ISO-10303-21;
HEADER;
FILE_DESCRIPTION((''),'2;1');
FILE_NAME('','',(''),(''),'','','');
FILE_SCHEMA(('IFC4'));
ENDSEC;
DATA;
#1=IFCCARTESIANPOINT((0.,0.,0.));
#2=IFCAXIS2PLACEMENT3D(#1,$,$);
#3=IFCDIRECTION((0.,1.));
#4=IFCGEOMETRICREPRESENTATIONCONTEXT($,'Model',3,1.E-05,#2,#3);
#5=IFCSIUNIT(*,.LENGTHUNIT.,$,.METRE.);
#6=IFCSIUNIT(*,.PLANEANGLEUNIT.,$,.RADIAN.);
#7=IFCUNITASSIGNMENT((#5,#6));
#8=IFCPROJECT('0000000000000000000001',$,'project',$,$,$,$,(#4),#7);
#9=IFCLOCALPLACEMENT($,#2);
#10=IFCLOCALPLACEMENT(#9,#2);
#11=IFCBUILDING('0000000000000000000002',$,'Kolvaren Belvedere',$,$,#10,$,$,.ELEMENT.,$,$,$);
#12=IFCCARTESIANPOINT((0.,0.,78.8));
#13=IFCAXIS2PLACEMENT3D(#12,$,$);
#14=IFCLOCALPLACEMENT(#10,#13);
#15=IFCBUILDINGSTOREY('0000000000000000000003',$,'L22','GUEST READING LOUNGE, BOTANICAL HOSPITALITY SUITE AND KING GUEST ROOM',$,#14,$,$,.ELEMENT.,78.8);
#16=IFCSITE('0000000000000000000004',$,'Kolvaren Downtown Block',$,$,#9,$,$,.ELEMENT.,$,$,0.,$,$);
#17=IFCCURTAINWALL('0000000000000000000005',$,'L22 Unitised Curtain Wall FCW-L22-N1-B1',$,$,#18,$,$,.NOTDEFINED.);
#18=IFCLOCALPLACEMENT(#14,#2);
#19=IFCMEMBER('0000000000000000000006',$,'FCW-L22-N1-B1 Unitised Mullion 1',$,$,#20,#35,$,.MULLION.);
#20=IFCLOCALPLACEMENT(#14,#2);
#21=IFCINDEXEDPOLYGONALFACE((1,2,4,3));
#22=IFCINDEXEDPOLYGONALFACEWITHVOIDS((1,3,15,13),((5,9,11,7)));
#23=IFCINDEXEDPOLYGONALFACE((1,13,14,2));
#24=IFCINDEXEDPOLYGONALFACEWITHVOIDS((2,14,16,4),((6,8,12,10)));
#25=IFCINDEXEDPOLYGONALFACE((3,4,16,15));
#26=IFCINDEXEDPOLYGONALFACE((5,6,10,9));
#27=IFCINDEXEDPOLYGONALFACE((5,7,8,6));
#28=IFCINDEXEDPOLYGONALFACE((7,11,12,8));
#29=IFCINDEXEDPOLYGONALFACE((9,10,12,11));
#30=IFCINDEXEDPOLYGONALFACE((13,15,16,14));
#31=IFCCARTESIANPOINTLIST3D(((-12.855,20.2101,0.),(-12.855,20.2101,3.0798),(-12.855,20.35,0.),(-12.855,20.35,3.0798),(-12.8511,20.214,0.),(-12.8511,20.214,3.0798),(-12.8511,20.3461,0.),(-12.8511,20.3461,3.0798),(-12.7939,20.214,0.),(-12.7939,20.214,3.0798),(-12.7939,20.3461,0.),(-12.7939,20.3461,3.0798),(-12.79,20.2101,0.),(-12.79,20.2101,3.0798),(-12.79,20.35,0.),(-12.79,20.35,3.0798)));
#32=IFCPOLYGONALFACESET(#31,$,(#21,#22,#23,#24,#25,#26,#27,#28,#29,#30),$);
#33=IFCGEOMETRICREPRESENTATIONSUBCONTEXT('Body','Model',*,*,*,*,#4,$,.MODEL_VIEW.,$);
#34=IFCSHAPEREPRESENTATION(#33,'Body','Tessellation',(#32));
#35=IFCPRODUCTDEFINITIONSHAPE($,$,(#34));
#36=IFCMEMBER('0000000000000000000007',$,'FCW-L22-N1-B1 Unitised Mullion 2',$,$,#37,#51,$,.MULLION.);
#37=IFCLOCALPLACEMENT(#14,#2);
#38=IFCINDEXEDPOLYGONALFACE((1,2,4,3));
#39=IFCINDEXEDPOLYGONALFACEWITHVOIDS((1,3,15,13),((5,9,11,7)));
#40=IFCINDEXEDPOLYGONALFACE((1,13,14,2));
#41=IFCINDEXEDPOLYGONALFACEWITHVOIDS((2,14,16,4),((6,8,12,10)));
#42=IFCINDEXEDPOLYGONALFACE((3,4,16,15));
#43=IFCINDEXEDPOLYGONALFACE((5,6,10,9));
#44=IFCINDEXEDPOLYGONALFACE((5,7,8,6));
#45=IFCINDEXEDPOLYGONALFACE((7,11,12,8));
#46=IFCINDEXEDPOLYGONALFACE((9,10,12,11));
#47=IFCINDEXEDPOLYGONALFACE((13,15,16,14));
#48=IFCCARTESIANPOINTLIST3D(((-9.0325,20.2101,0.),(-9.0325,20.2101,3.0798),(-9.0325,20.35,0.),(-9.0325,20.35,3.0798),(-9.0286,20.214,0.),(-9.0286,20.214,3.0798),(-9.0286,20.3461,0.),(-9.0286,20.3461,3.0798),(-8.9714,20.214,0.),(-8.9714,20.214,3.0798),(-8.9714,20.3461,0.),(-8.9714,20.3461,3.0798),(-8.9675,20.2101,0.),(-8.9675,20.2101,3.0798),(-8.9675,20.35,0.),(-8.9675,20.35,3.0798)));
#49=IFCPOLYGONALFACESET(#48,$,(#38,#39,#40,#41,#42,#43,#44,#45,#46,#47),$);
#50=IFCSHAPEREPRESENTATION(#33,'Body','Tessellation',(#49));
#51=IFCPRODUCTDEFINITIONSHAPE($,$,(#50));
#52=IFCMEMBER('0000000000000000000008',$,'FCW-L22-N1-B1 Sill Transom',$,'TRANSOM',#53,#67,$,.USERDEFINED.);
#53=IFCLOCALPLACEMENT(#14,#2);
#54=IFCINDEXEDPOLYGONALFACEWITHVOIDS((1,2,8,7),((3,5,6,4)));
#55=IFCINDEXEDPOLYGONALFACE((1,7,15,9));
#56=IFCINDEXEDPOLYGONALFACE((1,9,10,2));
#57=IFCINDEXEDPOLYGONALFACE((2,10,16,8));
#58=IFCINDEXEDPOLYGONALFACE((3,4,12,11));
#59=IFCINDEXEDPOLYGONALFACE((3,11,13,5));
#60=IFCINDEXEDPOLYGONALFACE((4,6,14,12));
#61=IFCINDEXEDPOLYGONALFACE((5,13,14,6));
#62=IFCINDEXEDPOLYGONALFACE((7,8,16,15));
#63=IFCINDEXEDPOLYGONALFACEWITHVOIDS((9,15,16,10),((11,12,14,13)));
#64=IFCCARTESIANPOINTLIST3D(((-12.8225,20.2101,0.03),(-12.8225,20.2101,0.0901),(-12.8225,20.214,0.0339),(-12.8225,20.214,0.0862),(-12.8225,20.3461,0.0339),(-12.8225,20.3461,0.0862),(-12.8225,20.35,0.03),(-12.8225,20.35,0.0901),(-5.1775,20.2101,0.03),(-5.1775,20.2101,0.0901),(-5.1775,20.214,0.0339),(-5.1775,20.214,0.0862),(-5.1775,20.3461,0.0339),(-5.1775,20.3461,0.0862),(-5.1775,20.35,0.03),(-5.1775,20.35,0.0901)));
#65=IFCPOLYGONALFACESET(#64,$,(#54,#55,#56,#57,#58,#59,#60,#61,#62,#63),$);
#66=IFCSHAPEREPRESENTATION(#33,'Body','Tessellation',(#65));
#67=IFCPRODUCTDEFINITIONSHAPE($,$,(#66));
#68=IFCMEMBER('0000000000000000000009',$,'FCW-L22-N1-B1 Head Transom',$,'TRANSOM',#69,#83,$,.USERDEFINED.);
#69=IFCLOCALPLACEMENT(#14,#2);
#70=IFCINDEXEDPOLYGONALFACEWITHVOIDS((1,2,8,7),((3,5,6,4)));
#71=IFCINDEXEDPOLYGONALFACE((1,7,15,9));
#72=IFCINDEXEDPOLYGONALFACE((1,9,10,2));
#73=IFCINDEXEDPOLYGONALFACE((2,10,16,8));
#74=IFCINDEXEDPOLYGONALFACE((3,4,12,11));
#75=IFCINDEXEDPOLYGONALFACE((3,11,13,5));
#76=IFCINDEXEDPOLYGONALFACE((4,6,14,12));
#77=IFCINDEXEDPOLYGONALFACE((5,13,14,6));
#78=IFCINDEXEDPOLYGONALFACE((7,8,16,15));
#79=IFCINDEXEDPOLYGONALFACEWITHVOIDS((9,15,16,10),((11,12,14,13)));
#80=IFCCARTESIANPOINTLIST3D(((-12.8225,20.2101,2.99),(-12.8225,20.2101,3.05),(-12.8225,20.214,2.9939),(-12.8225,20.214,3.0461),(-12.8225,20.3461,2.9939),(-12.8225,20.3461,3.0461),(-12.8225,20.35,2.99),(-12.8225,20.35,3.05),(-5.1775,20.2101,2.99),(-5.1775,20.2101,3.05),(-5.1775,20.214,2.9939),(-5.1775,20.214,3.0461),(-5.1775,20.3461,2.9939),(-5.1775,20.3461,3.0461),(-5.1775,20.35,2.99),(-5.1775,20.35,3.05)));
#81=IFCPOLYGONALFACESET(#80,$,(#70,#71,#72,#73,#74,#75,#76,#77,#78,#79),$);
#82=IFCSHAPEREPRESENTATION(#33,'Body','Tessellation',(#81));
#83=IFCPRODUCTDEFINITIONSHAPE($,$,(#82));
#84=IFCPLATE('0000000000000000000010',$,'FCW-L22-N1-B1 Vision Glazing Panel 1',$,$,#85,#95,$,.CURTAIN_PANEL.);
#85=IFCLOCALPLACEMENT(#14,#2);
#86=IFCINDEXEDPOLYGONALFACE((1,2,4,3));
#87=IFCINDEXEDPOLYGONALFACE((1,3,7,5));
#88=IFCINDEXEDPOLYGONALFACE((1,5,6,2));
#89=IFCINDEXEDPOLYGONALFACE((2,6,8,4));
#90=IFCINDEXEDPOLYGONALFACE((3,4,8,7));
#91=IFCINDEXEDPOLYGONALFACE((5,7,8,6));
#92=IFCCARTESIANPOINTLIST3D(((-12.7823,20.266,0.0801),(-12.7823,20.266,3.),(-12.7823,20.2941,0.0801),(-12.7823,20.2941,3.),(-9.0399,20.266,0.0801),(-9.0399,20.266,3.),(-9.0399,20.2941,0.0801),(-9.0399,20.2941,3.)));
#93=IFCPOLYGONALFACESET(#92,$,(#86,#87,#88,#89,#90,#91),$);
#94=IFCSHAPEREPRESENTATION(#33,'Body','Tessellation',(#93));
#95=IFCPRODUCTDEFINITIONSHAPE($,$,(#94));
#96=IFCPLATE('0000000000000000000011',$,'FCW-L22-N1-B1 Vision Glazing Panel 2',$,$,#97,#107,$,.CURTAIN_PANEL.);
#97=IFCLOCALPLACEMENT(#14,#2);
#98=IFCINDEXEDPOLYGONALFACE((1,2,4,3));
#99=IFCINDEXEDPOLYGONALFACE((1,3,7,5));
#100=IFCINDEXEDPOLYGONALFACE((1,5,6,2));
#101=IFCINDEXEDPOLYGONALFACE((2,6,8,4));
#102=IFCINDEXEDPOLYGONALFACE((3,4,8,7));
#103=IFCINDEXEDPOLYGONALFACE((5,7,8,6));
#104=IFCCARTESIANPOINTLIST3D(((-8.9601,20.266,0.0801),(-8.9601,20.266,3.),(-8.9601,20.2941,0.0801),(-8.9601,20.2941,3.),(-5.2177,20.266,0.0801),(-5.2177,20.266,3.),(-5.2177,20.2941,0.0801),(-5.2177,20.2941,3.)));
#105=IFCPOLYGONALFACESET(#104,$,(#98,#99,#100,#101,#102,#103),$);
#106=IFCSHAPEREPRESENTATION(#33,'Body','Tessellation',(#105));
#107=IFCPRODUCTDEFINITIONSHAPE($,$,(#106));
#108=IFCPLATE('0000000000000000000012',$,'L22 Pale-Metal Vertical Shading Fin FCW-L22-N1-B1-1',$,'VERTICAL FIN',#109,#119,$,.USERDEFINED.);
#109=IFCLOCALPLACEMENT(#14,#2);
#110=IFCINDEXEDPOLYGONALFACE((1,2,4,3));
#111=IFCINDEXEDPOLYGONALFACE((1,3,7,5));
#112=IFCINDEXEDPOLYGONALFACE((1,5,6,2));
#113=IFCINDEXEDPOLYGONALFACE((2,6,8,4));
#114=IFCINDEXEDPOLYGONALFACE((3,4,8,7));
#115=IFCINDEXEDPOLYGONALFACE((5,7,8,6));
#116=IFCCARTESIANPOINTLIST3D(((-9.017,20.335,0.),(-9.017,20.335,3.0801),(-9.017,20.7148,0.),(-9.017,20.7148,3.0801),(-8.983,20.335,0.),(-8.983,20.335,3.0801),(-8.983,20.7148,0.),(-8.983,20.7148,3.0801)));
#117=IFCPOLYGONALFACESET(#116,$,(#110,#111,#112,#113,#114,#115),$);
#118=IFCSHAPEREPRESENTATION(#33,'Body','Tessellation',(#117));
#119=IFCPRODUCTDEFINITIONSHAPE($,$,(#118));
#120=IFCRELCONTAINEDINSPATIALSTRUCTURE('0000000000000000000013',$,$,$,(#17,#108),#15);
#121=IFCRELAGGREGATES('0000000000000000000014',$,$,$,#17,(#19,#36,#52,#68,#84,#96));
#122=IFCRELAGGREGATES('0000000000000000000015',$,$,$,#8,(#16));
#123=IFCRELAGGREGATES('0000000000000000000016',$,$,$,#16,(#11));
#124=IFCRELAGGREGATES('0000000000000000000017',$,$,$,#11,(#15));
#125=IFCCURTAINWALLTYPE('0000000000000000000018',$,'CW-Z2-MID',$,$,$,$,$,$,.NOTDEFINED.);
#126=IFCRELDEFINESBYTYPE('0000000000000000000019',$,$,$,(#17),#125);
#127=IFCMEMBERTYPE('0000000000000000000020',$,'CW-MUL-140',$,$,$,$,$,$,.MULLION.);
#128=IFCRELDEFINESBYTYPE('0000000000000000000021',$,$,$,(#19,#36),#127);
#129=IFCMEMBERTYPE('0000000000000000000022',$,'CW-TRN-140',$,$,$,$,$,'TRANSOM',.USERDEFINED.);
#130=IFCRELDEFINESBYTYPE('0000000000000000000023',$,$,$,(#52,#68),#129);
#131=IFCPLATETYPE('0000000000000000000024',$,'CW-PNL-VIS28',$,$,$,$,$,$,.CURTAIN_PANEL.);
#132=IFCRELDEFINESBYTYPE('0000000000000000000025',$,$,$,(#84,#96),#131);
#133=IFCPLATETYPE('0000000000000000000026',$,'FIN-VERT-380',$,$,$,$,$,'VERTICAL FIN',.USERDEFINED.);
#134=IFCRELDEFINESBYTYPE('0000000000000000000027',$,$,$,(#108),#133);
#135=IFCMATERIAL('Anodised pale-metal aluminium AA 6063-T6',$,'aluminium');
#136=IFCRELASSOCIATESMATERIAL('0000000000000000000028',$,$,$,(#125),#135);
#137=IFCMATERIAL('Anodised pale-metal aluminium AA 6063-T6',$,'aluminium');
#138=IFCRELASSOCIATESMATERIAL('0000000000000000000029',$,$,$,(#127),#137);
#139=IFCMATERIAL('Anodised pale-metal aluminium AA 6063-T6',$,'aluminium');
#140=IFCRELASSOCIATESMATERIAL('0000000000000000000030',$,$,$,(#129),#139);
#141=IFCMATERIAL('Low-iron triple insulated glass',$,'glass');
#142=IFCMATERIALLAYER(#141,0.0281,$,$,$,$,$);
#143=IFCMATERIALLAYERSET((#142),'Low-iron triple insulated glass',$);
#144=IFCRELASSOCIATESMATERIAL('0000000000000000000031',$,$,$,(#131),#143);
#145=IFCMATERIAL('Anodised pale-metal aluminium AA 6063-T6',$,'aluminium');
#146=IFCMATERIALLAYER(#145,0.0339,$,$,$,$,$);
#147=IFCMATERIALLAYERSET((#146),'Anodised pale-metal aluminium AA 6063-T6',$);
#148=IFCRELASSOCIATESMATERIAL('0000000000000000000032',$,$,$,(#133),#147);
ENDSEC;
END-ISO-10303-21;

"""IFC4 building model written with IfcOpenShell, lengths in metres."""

from ifc_helpers import new_model, si_unit, direction, frame, origin, origin_2d, place, context, subcontext, project, spatial, rectangle, hollow_rectangle, extrude, material, layer, layer_set, material_profile, profile_set, type_object, element, aggregate, save


model = new_model("IFC4")

# Units and contexts
model_context = context("Model", 3, precision=1e-05, world=origin(), true_north=direction((0.0, 1.0)))
body_context = subcontext(model_context, "Body", "Model", "MODEL_VIEW")
ifc_project = project(units=[si_unit("LENGTHUNIT", "METRE"), si_unit("PLANEANGLEUNIT", "RADIAN")], contexts=[model_context])

# Site, building, storey
site_placement = place(None, origin())
site = spatial("IfcSite", under=ifc_project, at=site_placement, Name="Kolvaren Downtown Block", CompositionType="ELEMENT", RefElevation=0.0)
building_placement = place(site_placement, origin())
building = spatial("IfcBuilding", under=site, at=building_placement, Name="Kolvaren Belvedere", CompositionType="ELEMENT")
storey_placement = place(building_placement, frame((0.0, 0.0, 78.8)))
storey = spatial("IfcBuildingStorey", under=building, at=storey_placement, Name="L22", Description="GUEST READING LOUNGE, BOTANICAL HOSPITALITY SUITE AND KING GUEST ROOM", CompositionType="ELEMENT", Elevation=78.8)

# Curtain wall, members, plates
ifc_material_1 = material(Name="Anodised pale-metal aluminium AA 6063-T6", Category="aluminium")
curtain_wall_type = type_object("IfcCurtainWallType", Name="CW-Z2-MID", PredefinedType="NOTDEFINED", material=ifc_material_1)
curtain_wall_placement = place(storey_placement, origin())
curtain_wall = element("IfcCurtainWall", 1, at=curtain_wall_placement, inside=storey, type_object=curtain_wall_type, Name="L22 Unitised Curtain Wall FCW-L22-N1-B1", PredefinedType="NOTDEFINED")
ifc_material_2 = material(Name="Anodised pale-metal aluminium AA 6063-T6", Category="aluminium")
ifc_material_profile_1 = material_profile(ifc_material_2, hollow_rectangle(XDim=0.0649, YDim=0.1399, WallThickness=0.0039, at=origin_2d()), Name="ALU-MUL-140X65")
ifc_profile_set_1 = profile_set([ifc_material_profile_1], Name="Anodised pale-metal aluminium AA 6063-T6")
member_type_1 = type_object("IfcMemberType", Name="CW-MUL-140", PredefinedType="MULLION", material=ifc_profile_set_1)
member_1_placement = place(storey_placement, frame((-12.8225, 20.28, 0.0), z_axis=(0.0, 0.0, 1.0), x_axis=(1.0, 0.0, 0.0)))
member_1 = element("IfcMember", 2, at=member_1_placement, type_object=member_type_1, Name="FCW-L22-N1-B1 Unitised Mullion 1", PredefinedType="MULLION", context=body_context, shape_type="SweptSolid", body=[
    extrude(hollow_rectangle(XDim=0.0649, YDim=0.1399, WallThickness=0.0039, at=origin_2d()), origin(), (0.0, 0.0, 1.0), 3.0798),
])
member_2_placement = place(storey_placement, frame((-9.0, 20.28, 0.0), z_axis=(0.0, 0.0, 1.0), x_axis=(1.0, 0.0, 0.0)))
member_2 = element("IfcMember", 3, at=member_2_placement, type_object=member_type_1, Name="FCW-L22-N1-B1 Unitised Mullion 2", PredefinedType="MULLION", context=body_context, shape_type="SweptSolid", body=[
    extrude(hollow_rectangle(XDim=0.0649, YDim=0.1399, WallThickness=0.0039, at=origin_2d()), origin(), (0.0, 0.0, 1.0), 3.0798),
])
ifc_material_3 = material(Name="Anodised pale-metal aluminium AA 6063-T6", Category="aluminium")
ifc_material_profile_2 = material_profile(ifc_material_3, hollow_rectangle(XDim=0.0601, YDim=0.1399, WallThickness=0.0039, at=origin_2d()), Name="ALU-TRN-140X60")
ifc_profile_set_2 = profile_set([ifc_material_profile_2], Name="Anodised pale-metal aluminium AA 6063-T6")
member_type_2 = type_object("IfcMemberType", Name="CW-TRN-140", ElementType="TRANSOM", PredefinedType="USERDEFINED", material=ifc_profile_set_2)
member_3_placement = place(storey_placement, frame((-12.8225, 20.28, 0.0601), z_axis=(1.0, 0.0, 0.0), x_axis=(0.0, 0.0, 1.0)))
member_3 = element("IfcMember", 4, at=member_3_placement, type_object=member_type_2, Name="FCW-L22-N1-B1 Sill Transom", ObjectType="TRANSOM", PredefinedType="USERDEFINED", context=body_context, shape_type="SweptSolid", body=[
    extrude(hollow_rectangle(XDim=0.0601, YDim=0.1399, WallThickness=0.0039, at=origin_2d()), origin(), (0.0, 0.0, 1.0), 7.645),
])
member_4_placement = place(storey_placement, frame((-12.8225, 20.28, 3.02), z_axis=(1.0, 0.0, 0.0), x_axis=(0.0, 0.0, 1.0)))
member_4 = element("IfcMember", 5, at=member_4_placement, type_object=member_type_2, Name="FCW-L22-N1-B1 Head Transom", ObjectType="TRANSOM", PredefinedType="USERDEFINED", context=body_context, shape_type="SweptSolid", body=[
    extrude(hollow_rectangle(XDim=0.0601, YDim=0.1399, WallThickness=0.0039, at=origin_2d()), origin(), (0.0, 0.0, 1.0), 7.645),
])
ifc_material_4 = material(Name="Low-iron triple insulated glass", Category="glass")
ifc_layer_1 = layer(ifc_material_4, 0.0281)
ifc_layer_set_1 = layer_set([ifc_layer_1], Name="Low-iron triple insulated glass")
plate_type_1 = type_object("IfcPlateType", Name="CW-PNL-VIS28", PredefinedType="CURTAIN_PANEL", material=ifc_layer_set_1)
plate_1_placement = place(storey_placement, frame((-10.9111, 20.28, 0.0801), z_axis=(0.0, 0.0, 1.0), x_axis=(1.0, 0.0, 0.0)))
plate_1 = element("IfcPlate", 6, at=plate_1_placement, type_object=plate_type_1, Name="FCW-L22-N1-B1 Vision Glazing Panel 1", PredefinedType="CURTAIN_PANEL", context=body_context, shape_type="SweptSolid", body=[
    extrude(rectangle(XDim=3.7424, YDim=0.0281, at=origin_2d()), origin(), (0.0, 0.0, 1.0), 2.9199),
])
plate_2_placement = place(storey_placement, frame((-7.0889, 20.28, 0.0801), z_axis=(0.0, 0.0, 1.0), x_axis=(1.0, 0.0, 0.0)))
plate_2 = element("IfcPlate", 7, at=plate_2_placement, type_object=plate_type_1, Name="FCW-L22-N1-B1 Vision Glazing Panel 2", PredefinedType="CURTAIN_PANEL", context=body_context, shape_type="SweptSolid", body=[
    extrude(rectangle(XDim=3.7424, YDim=0.0281, at=origin_2d()), origin(), (0.0, 0.0, 1.0), 2.9199),
])
aggregate(curtain_wall, [member_1, member_2, member_3, member_4, plate_1, plate_2])

# Plate
ifc_material_5 = material(Name="Anodised pale-metal aluminium AA 6063-T6", Category="aluminium")
ifc_layer_2 = layer(ifc_material_5, 0.0339)
ifc_layer_set_2 = layer_set([ifc_layer_2], Name="Anodised pale-metal aluminium AA 6063-T6")
plate_type_2 = type_object("IfcPlateType", Name="FIN-VERT-380", ElementType="VERTICAL FIN", PredefinedType="USERDEFINED", material=ifc_layer_set_2)
plate_3_placement = place(storey_placement, frame((-9.0, 20.5249, 0.0), z_axis=(0.0, 0.0, 1.0), x_axis=(0.0, 1.0, 0.0)))
element("IfcPlate", 8, at=plate_3_placement, inside=storey, type_object=plate_type_2, Name="L22 Pale-Metal Vertical Shading Fin FCW-L22-N1-B1-1", ObjectType="VERTICAL FIN", PredefinedType="USERDEFINED", context=body_context, shape_type="SweptSolid", body=[
    extrude(rectangle(XDim=0.3799, YDim=0.0339, at=origin_2d()), origin(), (0.0, 0.0, 1.0), 3.0801),
])

save(model, "model.ifc")
